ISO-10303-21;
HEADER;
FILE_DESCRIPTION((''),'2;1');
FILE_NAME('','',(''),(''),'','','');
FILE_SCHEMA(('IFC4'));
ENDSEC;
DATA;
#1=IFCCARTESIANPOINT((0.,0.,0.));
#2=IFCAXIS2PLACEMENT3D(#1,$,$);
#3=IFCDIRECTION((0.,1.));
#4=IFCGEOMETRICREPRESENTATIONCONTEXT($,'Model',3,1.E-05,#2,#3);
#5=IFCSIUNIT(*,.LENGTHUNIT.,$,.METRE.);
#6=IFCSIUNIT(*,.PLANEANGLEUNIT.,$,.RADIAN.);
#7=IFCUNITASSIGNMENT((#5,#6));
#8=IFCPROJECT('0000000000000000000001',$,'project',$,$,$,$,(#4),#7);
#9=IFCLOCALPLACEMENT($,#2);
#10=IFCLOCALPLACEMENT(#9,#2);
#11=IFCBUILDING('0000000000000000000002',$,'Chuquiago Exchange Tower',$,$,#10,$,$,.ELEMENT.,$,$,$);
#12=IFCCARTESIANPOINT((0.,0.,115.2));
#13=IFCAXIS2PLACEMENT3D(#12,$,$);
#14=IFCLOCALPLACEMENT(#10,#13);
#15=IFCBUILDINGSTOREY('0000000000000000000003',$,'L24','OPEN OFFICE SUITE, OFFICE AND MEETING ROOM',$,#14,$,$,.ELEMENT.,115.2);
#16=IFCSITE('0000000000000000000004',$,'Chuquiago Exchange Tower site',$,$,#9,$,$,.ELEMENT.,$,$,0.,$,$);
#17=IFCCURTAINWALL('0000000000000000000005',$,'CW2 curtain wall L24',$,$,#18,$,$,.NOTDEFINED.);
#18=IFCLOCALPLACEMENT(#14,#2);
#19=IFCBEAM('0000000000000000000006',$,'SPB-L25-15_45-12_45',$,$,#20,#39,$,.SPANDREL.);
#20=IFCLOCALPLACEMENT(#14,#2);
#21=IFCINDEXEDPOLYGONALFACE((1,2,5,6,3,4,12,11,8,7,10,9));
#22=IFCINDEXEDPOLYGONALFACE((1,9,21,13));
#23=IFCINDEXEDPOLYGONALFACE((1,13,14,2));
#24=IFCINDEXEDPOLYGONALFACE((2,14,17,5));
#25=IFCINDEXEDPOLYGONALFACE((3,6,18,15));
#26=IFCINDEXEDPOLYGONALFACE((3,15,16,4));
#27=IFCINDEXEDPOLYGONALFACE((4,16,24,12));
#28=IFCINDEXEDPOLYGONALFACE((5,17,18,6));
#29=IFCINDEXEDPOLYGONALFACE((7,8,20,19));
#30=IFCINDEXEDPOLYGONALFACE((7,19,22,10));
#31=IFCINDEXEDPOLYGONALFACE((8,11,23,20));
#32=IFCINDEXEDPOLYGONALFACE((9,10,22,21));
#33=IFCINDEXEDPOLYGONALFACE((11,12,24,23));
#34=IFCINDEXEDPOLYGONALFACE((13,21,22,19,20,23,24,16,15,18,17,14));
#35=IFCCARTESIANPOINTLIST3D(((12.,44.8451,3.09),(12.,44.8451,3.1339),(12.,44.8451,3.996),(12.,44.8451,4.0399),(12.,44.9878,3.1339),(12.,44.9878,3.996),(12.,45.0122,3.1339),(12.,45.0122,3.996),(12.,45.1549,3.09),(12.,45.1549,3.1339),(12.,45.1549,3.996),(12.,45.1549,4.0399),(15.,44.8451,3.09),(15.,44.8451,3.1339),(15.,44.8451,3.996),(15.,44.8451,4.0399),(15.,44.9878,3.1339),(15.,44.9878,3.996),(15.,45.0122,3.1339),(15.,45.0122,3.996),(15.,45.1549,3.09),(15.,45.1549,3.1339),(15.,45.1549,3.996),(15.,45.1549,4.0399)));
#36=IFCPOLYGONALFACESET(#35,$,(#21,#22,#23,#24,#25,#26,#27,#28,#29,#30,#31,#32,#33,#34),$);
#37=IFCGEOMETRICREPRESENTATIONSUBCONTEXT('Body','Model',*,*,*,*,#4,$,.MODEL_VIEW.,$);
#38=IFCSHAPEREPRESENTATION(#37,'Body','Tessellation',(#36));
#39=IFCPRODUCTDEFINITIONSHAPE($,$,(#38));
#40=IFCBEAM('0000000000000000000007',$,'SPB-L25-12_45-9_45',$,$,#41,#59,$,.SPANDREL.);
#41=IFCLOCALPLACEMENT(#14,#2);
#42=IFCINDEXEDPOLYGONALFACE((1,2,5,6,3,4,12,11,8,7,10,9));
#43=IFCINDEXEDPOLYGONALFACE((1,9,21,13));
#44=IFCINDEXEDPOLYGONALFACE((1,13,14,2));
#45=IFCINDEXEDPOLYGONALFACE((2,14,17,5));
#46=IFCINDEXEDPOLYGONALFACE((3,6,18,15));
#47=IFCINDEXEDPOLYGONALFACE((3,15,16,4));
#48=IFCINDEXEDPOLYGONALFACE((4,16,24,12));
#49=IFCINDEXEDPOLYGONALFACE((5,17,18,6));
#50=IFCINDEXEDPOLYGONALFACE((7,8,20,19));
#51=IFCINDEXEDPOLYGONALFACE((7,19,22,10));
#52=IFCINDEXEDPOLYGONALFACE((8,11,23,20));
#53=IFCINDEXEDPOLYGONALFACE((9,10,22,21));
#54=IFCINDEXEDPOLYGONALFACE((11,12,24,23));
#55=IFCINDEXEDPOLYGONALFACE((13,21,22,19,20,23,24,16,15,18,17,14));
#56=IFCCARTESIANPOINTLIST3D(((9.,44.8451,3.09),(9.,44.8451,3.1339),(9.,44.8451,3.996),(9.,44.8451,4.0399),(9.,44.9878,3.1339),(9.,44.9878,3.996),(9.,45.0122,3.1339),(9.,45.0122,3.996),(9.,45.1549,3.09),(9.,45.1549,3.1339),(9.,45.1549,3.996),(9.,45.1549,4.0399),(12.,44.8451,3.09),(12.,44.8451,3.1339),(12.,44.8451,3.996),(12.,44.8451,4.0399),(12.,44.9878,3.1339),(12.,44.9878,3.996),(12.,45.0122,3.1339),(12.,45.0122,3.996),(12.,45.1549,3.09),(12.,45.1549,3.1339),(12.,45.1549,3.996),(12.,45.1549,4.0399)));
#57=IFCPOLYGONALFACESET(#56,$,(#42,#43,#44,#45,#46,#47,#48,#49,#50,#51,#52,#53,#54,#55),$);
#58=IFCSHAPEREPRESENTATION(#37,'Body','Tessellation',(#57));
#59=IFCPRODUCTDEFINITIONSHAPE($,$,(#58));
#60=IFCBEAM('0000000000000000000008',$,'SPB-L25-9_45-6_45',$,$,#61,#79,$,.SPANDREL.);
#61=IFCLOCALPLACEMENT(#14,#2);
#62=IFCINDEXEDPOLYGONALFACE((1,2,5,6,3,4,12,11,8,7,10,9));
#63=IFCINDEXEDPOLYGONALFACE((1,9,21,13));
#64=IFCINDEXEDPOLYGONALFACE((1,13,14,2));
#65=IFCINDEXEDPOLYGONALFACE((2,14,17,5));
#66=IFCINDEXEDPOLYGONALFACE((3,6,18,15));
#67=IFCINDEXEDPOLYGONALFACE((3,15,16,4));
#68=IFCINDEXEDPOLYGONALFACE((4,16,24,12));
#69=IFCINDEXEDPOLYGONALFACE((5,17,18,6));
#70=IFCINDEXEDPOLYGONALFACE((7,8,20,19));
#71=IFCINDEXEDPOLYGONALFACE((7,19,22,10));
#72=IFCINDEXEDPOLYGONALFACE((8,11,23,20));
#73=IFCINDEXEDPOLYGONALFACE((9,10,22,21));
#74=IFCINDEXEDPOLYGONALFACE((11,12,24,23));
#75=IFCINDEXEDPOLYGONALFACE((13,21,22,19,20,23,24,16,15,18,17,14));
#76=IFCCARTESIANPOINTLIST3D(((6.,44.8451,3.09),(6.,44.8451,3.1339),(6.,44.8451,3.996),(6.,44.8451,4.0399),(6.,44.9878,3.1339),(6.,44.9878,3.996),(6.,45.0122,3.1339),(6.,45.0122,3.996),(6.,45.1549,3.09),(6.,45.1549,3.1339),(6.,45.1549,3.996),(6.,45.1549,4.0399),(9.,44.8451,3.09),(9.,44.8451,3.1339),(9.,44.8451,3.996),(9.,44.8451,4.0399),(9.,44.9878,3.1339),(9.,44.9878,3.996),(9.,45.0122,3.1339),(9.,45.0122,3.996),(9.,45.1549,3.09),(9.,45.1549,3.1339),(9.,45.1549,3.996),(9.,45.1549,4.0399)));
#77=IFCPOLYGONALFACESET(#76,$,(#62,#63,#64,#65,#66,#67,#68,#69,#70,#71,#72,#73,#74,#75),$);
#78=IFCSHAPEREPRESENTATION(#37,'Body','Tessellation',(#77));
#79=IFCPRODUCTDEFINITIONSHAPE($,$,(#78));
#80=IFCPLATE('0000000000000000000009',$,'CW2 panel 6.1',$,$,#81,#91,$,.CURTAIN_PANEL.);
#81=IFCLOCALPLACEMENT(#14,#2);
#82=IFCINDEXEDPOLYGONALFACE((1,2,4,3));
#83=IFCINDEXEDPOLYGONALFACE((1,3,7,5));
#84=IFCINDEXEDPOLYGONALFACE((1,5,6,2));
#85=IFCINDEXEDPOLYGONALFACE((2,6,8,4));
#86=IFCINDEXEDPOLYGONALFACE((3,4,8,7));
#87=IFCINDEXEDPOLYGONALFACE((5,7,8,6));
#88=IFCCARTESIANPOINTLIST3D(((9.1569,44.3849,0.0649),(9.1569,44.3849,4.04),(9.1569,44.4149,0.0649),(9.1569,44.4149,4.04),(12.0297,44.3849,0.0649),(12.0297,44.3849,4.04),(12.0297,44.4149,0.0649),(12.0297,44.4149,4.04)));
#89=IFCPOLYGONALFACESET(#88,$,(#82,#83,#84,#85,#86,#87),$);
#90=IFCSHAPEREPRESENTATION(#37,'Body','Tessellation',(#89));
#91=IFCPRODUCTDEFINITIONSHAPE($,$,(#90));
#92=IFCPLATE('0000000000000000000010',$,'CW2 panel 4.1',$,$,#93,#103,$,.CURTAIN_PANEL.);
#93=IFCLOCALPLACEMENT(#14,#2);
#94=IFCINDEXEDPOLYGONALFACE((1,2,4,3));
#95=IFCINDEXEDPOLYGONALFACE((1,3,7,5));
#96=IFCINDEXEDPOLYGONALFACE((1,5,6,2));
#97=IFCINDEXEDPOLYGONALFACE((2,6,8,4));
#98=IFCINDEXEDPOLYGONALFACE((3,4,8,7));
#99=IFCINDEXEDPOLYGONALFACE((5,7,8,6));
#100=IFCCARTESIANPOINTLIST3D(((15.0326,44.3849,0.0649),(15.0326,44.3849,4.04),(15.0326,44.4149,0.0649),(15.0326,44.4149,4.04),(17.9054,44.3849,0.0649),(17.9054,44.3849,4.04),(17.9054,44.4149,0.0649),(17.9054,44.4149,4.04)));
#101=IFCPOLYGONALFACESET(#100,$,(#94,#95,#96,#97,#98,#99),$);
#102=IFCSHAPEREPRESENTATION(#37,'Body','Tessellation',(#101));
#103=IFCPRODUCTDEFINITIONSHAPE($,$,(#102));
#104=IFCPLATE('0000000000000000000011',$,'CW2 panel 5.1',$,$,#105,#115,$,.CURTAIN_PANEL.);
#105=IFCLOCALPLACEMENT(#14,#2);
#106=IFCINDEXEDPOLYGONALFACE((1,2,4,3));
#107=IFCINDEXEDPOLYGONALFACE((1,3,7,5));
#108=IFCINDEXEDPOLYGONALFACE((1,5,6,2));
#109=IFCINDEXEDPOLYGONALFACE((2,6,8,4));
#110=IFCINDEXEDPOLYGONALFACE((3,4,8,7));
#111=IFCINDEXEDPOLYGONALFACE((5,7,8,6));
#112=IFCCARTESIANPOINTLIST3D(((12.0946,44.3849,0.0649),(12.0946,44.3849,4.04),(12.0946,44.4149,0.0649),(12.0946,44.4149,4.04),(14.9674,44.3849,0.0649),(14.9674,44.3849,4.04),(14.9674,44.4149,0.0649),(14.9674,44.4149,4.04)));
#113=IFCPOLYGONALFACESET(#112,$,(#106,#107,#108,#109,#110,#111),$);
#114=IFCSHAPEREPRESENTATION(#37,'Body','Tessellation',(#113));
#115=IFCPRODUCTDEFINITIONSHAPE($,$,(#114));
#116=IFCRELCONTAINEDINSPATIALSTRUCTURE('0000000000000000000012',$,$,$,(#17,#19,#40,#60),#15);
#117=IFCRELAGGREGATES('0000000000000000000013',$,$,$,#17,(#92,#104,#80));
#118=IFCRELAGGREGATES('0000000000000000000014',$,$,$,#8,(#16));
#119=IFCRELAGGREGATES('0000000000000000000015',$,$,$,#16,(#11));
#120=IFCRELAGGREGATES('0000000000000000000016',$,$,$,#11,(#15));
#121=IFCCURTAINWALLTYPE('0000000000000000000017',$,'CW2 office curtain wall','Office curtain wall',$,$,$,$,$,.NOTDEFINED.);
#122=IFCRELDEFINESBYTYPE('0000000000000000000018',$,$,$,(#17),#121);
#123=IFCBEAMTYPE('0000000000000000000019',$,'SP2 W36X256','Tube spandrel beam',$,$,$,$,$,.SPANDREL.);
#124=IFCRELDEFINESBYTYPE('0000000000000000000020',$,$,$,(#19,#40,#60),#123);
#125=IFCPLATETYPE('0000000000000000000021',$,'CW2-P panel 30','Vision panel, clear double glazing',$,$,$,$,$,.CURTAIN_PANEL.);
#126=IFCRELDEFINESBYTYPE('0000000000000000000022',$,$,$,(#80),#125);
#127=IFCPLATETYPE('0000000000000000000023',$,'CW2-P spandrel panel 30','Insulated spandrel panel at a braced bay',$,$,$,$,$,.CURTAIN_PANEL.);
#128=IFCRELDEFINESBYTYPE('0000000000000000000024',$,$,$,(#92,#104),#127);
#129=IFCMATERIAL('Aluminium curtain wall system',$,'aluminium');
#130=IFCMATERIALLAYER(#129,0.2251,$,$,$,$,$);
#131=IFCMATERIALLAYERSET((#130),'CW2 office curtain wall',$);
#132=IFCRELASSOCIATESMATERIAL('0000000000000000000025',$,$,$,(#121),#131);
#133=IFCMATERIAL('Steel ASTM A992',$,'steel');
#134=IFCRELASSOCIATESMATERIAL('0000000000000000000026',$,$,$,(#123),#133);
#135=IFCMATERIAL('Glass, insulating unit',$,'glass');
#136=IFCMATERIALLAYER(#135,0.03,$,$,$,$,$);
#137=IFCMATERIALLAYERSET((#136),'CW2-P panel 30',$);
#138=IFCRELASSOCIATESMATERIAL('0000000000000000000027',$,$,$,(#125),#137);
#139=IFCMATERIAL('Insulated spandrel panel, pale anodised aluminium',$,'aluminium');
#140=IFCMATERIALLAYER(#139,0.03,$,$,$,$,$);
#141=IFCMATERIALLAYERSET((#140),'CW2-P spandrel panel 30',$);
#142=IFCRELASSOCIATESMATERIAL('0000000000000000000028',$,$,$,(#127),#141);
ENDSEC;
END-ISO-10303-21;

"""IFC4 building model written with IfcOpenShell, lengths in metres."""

from ifc_helpers import new_model, si_unit, direction, frame, origin, origin_2d, place, context, subcontext, project, spatial, rectangle, i_section, extrude, material, layer, layer_set, material_profile, profile_set, type_object, element, aggregate, save


model = new_model("IFC4")

# Units and contexts
model_context = context("Model", 3, precision=1e-05, world=origin(), true_north=direction((0.0, 1.0)))
body_context = subcontext(model_context, "Body", "Model", "MODEL_VIEW")
ifc_project = project(units=[si_unit("LENGTHUNIT", "METRE"), si_unit("PLANEANGLEUNIT", "RADIAN")], contexts=[model_context])

# Site, building, storey
site_placement = place(None, origin())
site = spatial("IfcSite", under=ifc_project, at=site_placement, Name="Chuquiago Exchange Tower site", CompositionType="ELEMENT", RefElevation=0.0)
building_placement = place(site_placement, origin())
building = spatial("IfcBuilding", under=site, at=building_placement, Name="Chuquiago Exchange Tower", CompositionType="ELEMENT")
storey_placement = place(building_placement, frame((0.0, 0.0, 115.2)))
storey = spatial("IfcBuildingStorey", under=building, at=storey_placement, Name="L24", Description="OPEN OFFICE SUITE, OFFICE AND MEETING ROOM", CompositionType="ELEMENT", Elevation=115.2)

# Curtain wall
ifc_material_1 = material(Name="Aluminium curtain wall system", Category="aluminium")
ifc_layer_1 = layer(ifc_material_1, 0.2251)
ifc_layer_set_1 = layer_set([ifc_layer_1], Name="CW2 office curtain wall")
curtain_wall_type = type_object("IfcCurtainWallType", Name="CW2 office curtain wall", Description="Office curtain wall", PredefinedType="NOTDEFINED", material=ifc_layer_set_1)
curtain_wall_placement = place(storey_placement, origin())
curtain_wall = element("IfcCurtainWall", 1, at=curtain_wall_placement, inside=storey, type_object=curtain_wall_type, Name="CW2 curtain wall L24", PredefinedType="NOTDEFINED")

# Beams
ifc_material_2 = material(Name="Steel ASTM A992", Category="steel")
ifc_material_profile_1 = material_profile(ifc_material_2, i_section(OverallWidth=0.3098, OverallDepth=0.95, WebThickness=0.0244, FlangeThickness=0.0439, at=origin_2d()), Name="W36X256")
ifc_profile_set_1 = profile_set([ifc_material_profile_1], Name="Steel ASTM A992")
beam_type = type_object("IfcBeamType", Name="SP2 W36X256", Description="Tube spandrel beam", PredefinedType="SPANDREL", material=ifc_profile_set_1)
for number, where, z_axis, x_axis, name in (
    (2, (15.0, 45.0, 3.5649), (-1.0, 0.0, 0.0), (0.0, -1.0, 0.0), "SPB-L25-15_45-12_45"),
    (3, (12.0, 45.0, 3.5649), (-1.0, 0.0, 0.0), (0.0, -1.0, 0.0), "SPB-L25-12_45-9_45"),
    (4, (9.0, 45.0, 3.5649), (-1.0, 0.0, 0.0), (0.0, -1.0, 0.0), "SPB-L25-9_45-6_45"),
):
    element("IfcBeam", number, at=place(storey_placement, frame(where, z_axis=z_axis, x_axis=x_axis)), inside=storey, type_object=beam_type, Name=name, PredefinedType="SPANDREL", context=body_context, shape_type="SweptSolid", body=[
        extrude(i_section(OverallWidth=0.3098, OverallDepth=0.95, WebThickness=0.0244, FlangeThickness=0.0439, at=origin_2d()), origin(), (0.0, 0.0, 1.0), 3.0),
    ])

# Plates
ifc_material_3 = material(Name="Glass, insulating unit", Category="glass")
ifc_layer_2 = layer(ifc_material_3, 0.03)
ifc_layer_set_2 = layer_set([ifc_layer_2], Name="CW2-P panel 30")
plate_type_1 = type_object("IfcPlateType", Name="CW2-P panel 30", Description="Vision panel, clear double glazing", PredefinedType="CURTAIN_PANEL", material=ifc_layer_set_2)
plate_1_placement = place(storey_placement, frame((10.5933, 44.3999, 0.0649), z_axis=(0.0, 0.0, 1.0), x_axis=(-1.0, 0.0, 0.0)))
plate_1 = element("IfcPlate", 5, at=plate_1_placement, type_object=plate_type_1, Name="CW2 panel 6.1", PredefinedType="CURTAIN_PANEL", context=body_context, shape_type="SweptSolid", body=[
    extrude(rectangle(XDim=2.8728, YDim=0.03, at=origin_2d()), origin(), (0.0, 0.0, 1.0), 3.9751),
])
ifc_material_4 = material(Name="Insulated spandrel panel, pale anodised aluminium", Category="aluminium")
ifc_layer_3 = layer(ifc_material_4, 0.03)
ifc_layer_set_3 = layer_set([ifc_layer_3], Name="CW2-P spandrel panel 30")
plate_type_2 = type_object("IfcPlateType", Name="CW2-P spandrel panel 30", Description="Insulated spandrel panel at a braced bay", PredefinedType="CURTAIN_PANEL", material=ifc_layer_set_3)
plate_2_placement = place(storey_placement, frame((16.469, 44.3999, 0.0649), z_axis=(0.0, 0.0, 1.0), x_axis=(-1.0, 0.0, 0.0)))
plate_2 = element("IfcPlate", 6, at=plate_2_placement, type_object=plate_type_2, Name="CW2 panel 4.1", PredefinedType="CURTAIN_PANEL", context=body_context, shape_type="SweptSolid", body=[
    extrude(rectangle(XDim=2.8728, YDim=0.03, at=origin_2d()), origin(), (0.0, 0.0, 1.0), 3.9751),
])
plate_3_placement = place(storey_placement, frame((13.531, 44.3999, 0.0649), z_axis=(0.0, 0.0, 1.0), x_axis=(-1.0, 0.0, 0.0)))
plate_3 = element("IfcPlate", 7, at=plate_3_placement, type_object=plate_type_2, Name="CW2 panel 5.1", PredefinedType="CURTAIN_PANEL", context=body_context, shape_type="SweptSolid", body=[
    extrude(rectangle(XDim=2.8728, YDim=0.03, at=origin_2d()), origin(), (0.0, 0.0, 1.0), 3.9751),
])
aggregate(curtain_wall, [plate_2, plate_3, plate_1])

save(model, "model.ifc")
